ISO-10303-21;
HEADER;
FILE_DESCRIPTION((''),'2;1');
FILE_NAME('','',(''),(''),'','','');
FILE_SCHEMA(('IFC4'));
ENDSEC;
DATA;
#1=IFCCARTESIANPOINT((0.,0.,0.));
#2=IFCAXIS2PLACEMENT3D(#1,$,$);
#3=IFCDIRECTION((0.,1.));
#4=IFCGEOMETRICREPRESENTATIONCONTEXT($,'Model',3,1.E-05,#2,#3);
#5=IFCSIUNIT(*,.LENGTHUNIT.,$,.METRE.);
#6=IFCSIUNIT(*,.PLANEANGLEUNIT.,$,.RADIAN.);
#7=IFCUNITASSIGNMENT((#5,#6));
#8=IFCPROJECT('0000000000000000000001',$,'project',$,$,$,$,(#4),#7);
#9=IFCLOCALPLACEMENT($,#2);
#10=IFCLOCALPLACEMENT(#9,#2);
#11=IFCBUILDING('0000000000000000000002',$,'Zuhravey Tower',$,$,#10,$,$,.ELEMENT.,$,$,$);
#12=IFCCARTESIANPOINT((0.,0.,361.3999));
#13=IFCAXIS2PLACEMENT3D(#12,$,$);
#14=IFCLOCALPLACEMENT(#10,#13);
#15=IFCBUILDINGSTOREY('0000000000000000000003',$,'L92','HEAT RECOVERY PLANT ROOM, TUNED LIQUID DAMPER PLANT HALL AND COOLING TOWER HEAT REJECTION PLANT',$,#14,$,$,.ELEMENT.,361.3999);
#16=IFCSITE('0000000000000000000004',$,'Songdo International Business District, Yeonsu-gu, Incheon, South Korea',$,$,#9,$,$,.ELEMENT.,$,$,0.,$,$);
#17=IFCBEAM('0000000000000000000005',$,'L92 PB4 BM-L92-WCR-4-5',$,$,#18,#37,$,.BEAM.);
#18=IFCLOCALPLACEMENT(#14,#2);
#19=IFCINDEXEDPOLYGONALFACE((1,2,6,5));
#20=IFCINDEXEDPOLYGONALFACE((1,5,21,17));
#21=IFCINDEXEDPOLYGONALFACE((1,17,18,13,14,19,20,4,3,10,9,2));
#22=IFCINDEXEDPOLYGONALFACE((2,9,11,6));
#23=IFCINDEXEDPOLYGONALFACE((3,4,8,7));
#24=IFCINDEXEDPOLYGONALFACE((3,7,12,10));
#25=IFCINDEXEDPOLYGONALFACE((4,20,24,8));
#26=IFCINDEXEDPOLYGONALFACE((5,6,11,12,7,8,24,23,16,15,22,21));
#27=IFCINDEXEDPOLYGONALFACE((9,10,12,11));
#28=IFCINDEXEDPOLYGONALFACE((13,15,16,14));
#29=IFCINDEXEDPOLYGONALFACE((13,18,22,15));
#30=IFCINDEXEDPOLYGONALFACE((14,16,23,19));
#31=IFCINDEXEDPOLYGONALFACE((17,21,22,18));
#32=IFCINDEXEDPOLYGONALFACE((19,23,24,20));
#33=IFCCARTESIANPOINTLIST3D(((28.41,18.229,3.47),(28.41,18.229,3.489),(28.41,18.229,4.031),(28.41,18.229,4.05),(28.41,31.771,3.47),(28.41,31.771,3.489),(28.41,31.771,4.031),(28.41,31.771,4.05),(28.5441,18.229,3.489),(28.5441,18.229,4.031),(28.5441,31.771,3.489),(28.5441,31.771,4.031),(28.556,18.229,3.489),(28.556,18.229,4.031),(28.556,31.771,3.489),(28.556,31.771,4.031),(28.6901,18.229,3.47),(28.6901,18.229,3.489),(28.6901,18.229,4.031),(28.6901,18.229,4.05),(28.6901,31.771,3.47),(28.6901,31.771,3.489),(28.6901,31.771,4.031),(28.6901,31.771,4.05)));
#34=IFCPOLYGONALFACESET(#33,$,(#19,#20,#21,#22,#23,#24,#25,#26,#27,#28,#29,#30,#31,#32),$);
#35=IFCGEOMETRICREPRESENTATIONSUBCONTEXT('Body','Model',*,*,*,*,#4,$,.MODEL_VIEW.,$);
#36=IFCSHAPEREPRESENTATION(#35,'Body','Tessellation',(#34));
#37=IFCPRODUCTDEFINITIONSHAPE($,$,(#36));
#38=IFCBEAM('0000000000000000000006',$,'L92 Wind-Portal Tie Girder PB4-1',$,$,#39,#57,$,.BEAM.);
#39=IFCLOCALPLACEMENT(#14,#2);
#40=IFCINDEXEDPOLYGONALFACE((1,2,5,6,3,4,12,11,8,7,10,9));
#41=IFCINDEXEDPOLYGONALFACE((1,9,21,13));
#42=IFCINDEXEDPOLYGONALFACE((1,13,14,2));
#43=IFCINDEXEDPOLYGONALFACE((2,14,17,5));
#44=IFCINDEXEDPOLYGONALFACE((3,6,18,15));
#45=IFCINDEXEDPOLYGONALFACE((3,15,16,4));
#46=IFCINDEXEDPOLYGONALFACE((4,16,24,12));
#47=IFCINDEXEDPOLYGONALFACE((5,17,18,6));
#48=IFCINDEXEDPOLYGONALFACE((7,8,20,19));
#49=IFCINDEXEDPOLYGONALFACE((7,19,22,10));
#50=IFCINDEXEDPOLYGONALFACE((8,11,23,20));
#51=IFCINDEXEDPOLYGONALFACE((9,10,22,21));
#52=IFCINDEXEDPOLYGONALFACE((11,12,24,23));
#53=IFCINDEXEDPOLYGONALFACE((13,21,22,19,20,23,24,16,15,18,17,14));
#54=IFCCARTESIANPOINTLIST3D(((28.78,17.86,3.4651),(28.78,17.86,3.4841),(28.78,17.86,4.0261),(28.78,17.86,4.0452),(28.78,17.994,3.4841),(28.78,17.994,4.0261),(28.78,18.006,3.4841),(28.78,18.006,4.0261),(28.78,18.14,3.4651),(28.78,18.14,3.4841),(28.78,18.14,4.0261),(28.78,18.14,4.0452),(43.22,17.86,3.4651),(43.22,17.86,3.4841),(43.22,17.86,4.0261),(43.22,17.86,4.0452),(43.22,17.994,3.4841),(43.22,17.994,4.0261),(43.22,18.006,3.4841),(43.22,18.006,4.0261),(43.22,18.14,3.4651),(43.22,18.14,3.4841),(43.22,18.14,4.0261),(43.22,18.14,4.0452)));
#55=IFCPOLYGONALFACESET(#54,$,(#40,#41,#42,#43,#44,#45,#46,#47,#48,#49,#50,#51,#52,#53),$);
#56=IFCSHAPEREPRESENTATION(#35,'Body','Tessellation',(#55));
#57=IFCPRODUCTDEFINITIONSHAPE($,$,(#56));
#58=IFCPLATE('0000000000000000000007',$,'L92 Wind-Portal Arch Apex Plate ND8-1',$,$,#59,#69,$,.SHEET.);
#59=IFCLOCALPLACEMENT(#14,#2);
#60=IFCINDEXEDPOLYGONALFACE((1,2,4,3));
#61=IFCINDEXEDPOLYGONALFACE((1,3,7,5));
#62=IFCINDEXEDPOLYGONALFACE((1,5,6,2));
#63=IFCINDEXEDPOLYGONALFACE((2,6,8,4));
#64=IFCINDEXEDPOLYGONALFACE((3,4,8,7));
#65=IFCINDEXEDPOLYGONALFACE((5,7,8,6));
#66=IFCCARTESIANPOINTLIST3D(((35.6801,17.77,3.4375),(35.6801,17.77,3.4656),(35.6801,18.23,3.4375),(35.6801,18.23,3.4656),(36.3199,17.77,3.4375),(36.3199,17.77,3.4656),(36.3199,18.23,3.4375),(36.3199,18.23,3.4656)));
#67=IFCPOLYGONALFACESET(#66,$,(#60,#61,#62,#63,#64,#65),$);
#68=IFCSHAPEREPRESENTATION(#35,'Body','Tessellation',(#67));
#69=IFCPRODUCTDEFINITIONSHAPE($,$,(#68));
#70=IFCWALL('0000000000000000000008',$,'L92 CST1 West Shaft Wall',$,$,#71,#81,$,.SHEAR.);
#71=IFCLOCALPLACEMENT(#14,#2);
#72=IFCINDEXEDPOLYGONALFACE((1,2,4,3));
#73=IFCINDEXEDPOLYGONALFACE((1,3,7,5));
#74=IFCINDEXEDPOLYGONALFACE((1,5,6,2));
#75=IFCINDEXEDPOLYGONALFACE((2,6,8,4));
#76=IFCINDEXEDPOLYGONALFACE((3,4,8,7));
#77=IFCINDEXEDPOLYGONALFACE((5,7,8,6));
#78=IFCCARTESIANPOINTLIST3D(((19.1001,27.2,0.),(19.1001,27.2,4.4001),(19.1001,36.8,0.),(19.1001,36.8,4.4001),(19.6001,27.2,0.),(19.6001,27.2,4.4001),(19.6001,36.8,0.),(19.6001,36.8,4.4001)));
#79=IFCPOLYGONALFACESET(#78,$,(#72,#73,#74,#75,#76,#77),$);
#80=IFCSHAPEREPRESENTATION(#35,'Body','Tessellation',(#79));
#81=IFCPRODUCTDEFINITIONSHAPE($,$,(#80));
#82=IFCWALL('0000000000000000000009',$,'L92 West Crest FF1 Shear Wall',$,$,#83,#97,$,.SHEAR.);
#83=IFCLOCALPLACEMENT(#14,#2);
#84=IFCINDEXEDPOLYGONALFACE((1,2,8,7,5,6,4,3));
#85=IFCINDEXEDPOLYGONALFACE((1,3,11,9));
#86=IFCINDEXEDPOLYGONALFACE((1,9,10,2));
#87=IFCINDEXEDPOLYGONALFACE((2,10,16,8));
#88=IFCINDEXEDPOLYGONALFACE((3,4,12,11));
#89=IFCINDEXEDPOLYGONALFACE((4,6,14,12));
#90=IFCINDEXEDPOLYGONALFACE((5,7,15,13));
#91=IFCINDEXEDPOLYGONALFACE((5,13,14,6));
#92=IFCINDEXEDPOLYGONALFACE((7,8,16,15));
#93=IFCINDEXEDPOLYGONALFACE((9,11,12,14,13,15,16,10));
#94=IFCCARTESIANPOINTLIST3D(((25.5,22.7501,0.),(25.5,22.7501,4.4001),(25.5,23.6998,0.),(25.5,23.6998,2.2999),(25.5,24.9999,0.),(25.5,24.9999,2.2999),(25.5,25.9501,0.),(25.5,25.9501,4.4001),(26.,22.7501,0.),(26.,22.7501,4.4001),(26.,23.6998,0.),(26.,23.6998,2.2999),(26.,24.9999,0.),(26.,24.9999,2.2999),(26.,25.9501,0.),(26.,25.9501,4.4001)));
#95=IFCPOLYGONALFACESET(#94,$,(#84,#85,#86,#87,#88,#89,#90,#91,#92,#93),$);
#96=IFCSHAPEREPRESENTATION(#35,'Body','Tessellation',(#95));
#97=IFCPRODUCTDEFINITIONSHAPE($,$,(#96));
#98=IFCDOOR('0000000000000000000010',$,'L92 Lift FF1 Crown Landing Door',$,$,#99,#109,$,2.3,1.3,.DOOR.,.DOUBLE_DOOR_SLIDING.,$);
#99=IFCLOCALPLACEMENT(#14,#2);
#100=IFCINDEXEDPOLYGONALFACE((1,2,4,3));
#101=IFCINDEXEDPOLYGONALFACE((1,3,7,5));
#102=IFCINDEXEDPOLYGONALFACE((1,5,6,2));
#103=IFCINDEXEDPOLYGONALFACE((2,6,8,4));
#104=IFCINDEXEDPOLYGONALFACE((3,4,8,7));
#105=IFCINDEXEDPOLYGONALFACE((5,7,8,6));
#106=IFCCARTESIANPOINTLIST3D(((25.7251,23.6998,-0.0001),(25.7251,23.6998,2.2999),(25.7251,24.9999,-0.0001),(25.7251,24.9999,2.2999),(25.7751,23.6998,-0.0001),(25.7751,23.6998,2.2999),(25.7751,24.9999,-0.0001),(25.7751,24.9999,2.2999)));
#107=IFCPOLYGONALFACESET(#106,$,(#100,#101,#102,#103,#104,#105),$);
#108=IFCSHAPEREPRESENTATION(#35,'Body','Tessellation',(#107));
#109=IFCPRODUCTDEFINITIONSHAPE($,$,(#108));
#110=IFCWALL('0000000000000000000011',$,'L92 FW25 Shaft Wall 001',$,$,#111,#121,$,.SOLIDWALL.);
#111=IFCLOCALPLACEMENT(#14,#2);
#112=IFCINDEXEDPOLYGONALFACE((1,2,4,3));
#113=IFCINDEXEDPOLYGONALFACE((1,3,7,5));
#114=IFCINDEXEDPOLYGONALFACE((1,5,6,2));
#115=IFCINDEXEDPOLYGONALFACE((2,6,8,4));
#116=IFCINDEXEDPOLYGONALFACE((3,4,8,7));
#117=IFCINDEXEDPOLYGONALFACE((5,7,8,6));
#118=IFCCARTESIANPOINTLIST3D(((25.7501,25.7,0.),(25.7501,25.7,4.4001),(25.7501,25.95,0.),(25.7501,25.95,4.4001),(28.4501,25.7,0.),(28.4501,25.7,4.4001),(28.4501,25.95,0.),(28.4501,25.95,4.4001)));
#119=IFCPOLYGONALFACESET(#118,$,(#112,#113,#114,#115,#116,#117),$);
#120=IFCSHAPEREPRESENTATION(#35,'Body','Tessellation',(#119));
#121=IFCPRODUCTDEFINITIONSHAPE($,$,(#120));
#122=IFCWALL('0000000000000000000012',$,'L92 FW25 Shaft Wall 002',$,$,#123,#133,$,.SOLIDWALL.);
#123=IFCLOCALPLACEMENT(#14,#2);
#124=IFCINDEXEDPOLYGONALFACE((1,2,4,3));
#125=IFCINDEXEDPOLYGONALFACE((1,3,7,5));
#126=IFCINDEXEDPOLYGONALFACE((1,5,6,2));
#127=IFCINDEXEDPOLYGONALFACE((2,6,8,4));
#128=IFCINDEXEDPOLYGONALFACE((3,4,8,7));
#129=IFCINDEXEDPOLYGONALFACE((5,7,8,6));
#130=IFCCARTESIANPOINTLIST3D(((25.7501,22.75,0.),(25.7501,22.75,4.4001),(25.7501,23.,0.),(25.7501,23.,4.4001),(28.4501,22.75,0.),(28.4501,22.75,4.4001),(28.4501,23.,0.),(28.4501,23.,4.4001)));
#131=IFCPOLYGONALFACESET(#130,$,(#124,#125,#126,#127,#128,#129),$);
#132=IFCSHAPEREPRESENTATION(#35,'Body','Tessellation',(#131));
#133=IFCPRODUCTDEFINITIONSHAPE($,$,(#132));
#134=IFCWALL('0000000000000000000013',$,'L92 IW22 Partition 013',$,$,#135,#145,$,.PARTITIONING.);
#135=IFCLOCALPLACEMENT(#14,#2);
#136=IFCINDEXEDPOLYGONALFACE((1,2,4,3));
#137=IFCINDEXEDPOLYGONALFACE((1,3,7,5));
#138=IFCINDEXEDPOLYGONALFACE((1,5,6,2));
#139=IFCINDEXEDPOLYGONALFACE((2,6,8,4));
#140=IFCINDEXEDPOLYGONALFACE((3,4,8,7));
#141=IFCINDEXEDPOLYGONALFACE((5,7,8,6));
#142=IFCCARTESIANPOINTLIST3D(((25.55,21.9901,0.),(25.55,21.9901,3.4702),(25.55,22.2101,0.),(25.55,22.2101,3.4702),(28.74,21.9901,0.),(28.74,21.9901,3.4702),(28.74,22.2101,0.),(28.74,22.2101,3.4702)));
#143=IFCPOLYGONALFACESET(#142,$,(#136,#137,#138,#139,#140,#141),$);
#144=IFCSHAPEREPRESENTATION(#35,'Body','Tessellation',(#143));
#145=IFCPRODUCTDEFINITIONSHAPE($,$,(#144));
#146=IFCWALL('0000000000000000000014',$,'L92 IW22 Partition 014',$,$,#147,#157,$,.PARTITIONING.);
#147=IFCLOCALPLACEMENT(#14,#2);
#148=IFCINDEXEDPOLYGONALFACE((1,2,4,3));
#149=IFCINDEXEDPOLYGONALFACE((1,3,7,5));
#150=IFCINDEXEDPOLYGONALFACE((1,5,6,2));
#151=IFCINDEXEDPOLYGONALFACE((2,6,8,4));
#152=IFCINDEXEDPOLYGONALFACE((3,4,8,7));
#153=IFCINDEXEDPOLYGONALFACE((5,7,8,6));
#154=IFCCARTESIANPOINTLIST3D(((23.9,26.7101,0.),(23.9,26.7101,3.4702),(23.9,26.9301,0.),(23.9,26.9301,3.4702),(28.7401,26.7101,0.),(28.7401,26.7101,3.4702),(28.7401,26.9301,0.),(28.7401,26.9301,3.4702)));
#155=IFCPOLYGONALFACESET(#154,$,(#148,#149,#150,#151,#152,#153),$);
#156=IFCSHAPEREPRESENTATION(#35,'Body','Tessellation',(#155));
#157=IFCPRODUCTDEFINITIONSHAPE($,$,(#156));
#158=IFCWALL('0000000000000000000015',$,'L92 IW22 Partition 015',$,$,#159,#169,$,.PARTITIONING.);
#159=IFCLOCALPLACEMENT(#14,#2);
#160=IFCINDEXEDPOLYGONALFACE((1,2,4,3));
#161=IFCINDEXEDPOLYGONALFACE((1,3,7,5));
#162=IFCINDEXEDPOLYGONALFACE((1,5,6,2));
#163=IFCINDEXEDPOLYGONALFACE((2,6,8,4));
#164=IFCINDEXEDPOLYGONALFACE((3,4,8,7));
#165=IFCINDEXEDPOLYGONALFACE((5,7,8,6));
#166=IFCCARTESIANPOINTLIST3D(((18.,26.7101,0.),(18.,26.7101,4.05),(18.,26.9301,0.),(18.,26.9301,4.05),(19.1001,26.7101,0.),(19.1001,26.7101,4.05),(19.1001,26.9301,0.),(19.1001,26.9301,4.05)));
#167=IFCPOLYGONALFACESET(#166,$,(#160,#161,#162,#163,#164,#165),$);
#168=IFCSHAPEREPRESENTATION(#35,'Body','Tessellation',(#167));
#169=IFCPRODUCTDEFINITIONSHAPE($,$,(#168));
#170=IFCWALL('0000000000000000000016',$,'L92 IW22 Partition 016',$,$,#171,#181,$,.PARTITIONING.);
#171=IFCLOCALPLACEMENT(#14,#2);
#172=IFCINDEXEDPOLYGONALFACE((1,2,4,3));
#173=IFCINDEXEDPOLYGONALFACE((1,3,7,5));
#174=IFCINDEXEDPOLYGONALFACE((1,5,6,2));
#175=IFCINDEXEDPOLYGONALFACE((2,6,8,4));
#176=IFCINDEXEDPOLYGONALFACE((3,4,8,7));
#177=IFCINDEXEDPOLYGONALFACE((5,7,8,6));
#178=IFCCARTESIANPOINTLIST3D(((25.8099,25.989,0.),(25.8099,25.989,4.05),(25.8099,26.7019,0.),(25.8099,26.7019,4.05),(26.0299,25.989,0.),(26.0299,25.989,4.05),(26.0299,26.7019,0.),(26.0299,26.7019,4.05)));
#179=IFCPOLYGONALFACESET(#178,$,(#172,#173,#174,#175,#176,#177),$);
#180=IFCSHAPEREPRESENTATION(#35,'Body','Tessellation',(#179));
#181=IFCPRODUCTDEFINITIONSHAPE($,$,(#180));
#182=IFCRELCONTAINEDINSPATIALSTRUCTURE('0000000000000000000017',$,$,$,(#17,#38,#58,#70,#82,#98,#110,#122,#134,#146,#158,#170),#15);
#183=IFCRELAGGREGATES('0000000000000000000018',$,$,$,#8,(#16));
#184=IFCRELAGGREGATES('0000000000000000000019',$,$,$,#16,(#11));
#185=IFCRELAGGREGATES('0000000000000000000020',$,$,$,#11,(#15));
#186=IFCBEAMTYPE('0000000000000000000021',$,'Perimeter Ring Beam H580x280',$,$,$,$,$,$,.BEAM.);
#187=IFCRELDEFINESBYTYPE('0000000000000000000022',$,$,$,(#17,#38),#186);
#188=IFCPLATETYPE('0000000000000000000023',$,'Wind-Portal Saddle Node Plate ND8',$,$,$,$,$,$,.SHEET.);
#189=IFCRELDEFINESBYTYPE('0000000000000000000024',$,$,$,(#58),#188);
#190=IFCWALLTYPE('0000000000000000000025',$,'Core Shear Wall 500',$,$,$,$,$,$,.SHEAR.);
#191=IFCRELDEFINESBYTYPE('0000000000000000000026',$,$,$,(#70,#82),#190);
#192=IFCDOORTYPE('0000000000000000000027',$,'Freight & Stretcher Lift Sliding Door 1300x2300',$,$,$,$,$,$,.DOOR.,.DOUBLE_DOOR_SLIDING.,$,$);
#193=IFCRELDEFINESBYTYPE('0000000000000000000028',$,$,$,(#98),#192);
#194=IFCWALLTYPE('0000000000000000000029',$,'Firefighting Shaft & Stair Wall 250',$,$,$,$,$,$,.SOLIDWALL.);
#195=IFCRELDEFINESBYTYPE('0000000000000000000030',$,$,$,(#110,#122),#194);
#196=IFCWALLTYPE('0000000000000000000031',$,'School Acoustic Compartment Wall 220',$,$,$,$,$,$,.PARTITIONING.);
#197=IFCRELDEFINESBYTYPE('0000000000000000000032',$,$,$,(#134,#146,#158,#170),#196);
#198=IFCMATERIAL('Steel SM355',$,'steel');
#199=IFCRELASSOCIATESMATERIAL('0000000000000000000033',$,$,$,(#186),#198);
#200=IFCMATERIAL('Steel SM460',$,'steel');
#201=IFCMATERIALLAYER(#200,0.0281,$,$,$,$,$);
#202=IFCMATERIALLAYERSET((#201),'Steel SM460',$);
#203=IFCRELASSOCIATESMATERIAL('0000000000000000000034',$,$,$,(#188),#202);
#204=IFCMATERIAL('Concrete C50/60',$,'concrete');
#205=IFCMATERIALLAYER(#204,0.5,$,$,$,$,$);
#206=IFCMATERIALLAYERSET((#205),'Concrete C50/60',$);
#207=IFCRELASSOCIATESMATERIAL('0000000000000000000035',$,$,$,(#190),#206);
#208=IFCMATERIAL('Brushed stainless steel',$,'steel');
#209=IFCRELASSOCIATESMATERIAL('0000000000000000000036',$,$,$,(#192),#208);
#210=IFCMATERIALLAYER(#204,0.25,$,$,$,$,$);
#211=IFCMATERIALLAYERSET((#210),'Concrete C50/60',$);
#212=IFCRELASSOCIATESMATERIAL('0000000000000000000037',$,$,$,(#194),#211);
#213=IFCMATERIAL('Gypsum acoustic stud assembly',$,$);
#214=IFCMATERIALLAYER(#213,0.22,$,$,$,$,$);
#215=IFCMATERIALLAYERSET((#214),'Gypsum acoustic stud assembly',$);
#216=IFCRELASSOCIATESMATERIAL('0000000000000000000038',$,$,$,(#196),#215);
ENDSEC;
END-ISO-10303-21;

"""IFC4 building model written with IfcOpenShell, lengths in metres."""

from ifc_helpers import new_model, si_unit, direction, frame, frame_2d, origin, origin_2d, place, context, subcontext, project, spatial, rectangle, i_section, extrude, material, layer, layer_set, material_profile, profile_set, type_object, element, fill, save


model = new_model("IFC4")

# Units and contexts
model_context = context("Model", 3, precision=1e-05, world=origin(), true_north=direction((0.0, 1.0)))
body_context = subcontext(model_context, "Body", "Model", "MODEL_VIEW")
ifc_project = project(units=[si_unit("LENGTHUNIT", "METRE"), si_unit("PLANEANGLEUNIT", "RADIAN")], contexts=[model_context])

# Site, building, storey
site_placement = place(None, origin())
site = spatial("IfcSite", under=ifc_project, at=site_placement, Name="Songdo International Business District, Yeonsu-gu, Incheon, South Korea", CompositionType="ELEMENT", RefElevation=0.0)
building_placement = place(site_placement, origin())
building = spatial("IfcBuilding", under=site, at=building_placement, Name="Zuhravey Tower", CompositionType="ELEMENT")
storey_placement = place(building_placement, frame((0.0, 0.0, 361.3999)))
storey = spatial("IfcBuildingStorey", under=building, at=storey_placement, Name="L92", Description="HEAT RECOVERY PLANT ROOM, TUNED LIQUID DAMPER PLANT HALL AND COOLING TOWER HEAT REJECTION PLANT", CompositionType="ELEMENT", Elevation=361.3999)

# Beams
ifc_material_1 = material(Name="Steel SM355", Category="steel")
ifc_material_profile = material_profile(ifc_material_1, i_section(OverallWidth=0.28, OverallDepth=0.5801, WebThickness=0.012, FlangeThickness=0.019, at=origin_2d()), Name="H-580x280x12x19")
ifc_profile_set = profile_set([ifc_material_profile], Name="Steel SM355")
beam_type = type_object("IfcBeamType", Name="Perimeter Ring Beam H580x280", PredefinedType="BEAM", material=ifc_profile_set)
beam_1_placement = place(storey_placement, frame((28.55, 18.229, 3.76), z_axis=(0.0, 1.0, 0.0), x_axis=(-1.0, 0.0, 0.0)))
element("IfcBeam", 1, at=beam_1_placement, inside=storey, type_object=beam_type, Name="L92 PB4 BM-L92-WCR-4-5", PredefinedType="BEAM", context=body_context, shape_type="SweptSolid", body=[
    extrude(i_section(OverallWidth=0.28, OverallDepth=0.5801, WebThickness=0.012, FlangeThickness=0.019, at=origin_2d()), origin(), (0.0, 0.0, 1.0), 13.542),
])
beam_2_placement = place(storey_placement, frame((28.78, 18.0, 3.7551), z_axis=(1.0, 0.0, 0.0), x_axis=(0.0, 1.0, 0.0)))
element("IfcBeam", 2, at=beam_2_placement, inside=storey, type_object=beam_type, Name="L92 Wind-Portal Tie Girder PB4-1", PredefinedType="BEAM", context=body_context, shape_type="SweptSolid", body=[
    extrude(i_section(OverallWidth=0.28, OverallDepth=0.5801, WebThickness=0.012, FlangeThickness=0.019, at=origin_2d()), origin(), (0.0, 0.0, 1.0), 14.4399),
])

# Plate
ifc_material_2 = material(Name="Steel SM460", Category="steel")
ifc_layer_1 = layer(ifc_material_2, 0.0281)
ifc_layer_set_1 = layer_set([ifc_layer_1], Name="Steel SM460")
plate_type = type_object("IfcPlateType", Name="Wind-Portal Saddle Node Plate ND8", PredefinedType="SHEET", material=ifc_layer_set_1)
plate_placement = place(storey_placement, frame((36.0, 18.0, 3.4375), z_axis=(0.0, 0.0, 1.0), x_axis=(1.0, 0.0, 0.0)))
element("IfcPlate", 3, at=plate_placement, inside=storey, type_object=plate_type, Name="L92 Wind-Portal Arch Apex Plate ND8-1", PredefinedType="SHEET", context=body_context, shape_type="SweptSolid", body=[
    extrude(rectangle(XDim=0.6399, YDim=0.46, at=origin_2d()), origin(), (0.0, 0.0, 1.0), 0.0281),
])

# Shared definitions
ifc_material_3 = material(Name="Concrete C50/60", Category="concrete")
ifc_layer_2 = layer(ifc_material_3, 0.5)
ifc_layer_set_2 = layer_set([ifc_layer_2], Name="Concrete C50/60")
wall_type_1 = type_object("IfcWallType", Name="Core Shear Wall 500", PredefinedType="SHEAR", material=ifc_layer_set_2)

# Wall
wall_1_placement = place(storey_placement, frame((19.3501, 27.2, 0.0), z_axis=(0.0, 0.0, 1.0), x_axis=(0.0, 1.0, 0.0)))
element("IfcWall", 4, at=wall_1_placement, inside=storey, type_object=wall_type_1, Name="L92 CST1 West Shaft Wall", PredefinedType="SHEAR", context=body_context, shape_type="SweptSolid", body=[
    extrude(rectangle(XDim=9.6001, YDim=0.5, at=frame_2d((4.8, 0.0))), origin(), (0.0, 0.0, 1.0), 4.4001),
])

# Wall, opening, door
wall_2_placement = place(storey_placement, frame((25.75, 22.75, 0.0), z_axis=(0.0, 0.0, 1.0), x_axis=(0.0, 1.0, 0.0)))
wall_2 = element("IfcWall", 5, at=wall_2_placement, inside=storey, type_object=wall_type_1, Name="L92 West Crest FF1 Shear Wall", PredefinedType="SHEAR", context=body_context, shape_type="SweptSolid", body=[
    extrude(rectangle(XDim=3.2, YDim=0.5, at=frame_2d((1.6001, 0.0))), origin(), (0.0, 0.0, 1.0), 4.4001),
])
opening_1_placement = place(wall_2_placement, frame((0.95, 0.0, 0.0)))
opening_1 = element("IfcOpeningElement", 6, at=opening_1_placement, cuts=wall_2, PredefinedType="OPENING", context=body_context, shape_type="SweptSolid", body=[
    extrude(rectangle(XDim=1.3, YDim=2.3, at=frame_2d((0.6499, 1.1499))), frame((0.0, 0.262, 0.0), z_axis=(0.0, -1.0, 0.0), x_axis=(1.0, 0.0, 0.0)), (0.0, 0.0, 1.0), 0.5239),
])
ifc_material_4 = material(Name="Brushed stainless steel", Category="steel")
door_type_1 = type_object("IfcDoorType", Name="Freight & Stretcher Lift Sliding Door 1300x2300", OperationType="DOUBLE_DOOR_SLIDING", PredefinedType="DOOR", material=ifc_material_4)
door_1_placement = place(opening_1_placement, origin())
door_1 = element("IfcDoor", 7, at=door_1_placement, inside=storey, type_object=door_type_1, Name="L92 Lift FF1 Crown Landing Door", OperationType="DOUBLE_DOOR_SLIDING", OverallHeight=2.3, OverallWidth=1.3, PredefinedType="DOOR", context=body_context, shape_type="SweptSolid", body=[
    extrude(rectangle(XDim=1.3, YDim=2.3, at=frame_2d((0.6499, 1.1499))), frame((0.0, 0.0249, 0.0), z_axis=(0.0, -1.0, 0.0), x_axis=(1.0, 0.0, 0.0)), (0.0, 0.0, 1.0), 0.05),
])
fill(opening_1, door_1)

# Walls
ifc_layer_3 = layer(ifc_material_3, 0.25)
ifc_layer_set_3 = layer_set([ifc_layer_3], Name="Concrete C50/60")
wall_type_2 = type_object("IfcWallType", Name="Firefighting Shaft & Stair Wall 250", PredefinedType="SOLIDWALL", material=ifc_layer_set_3)
for number, where, z_axis, x_axis, name in (
    (8, (25.75, 25.825, 0.0), (0.0, 0.0, 1.0), (1.0, 0.0, 0.0), "L92 FW25 Shaft Wall 001"),
    (9, (25.75, 22.875, 0.0), (0.0, 0.0, 1.0), (1.0, 0.0, 0.0), "L92 FW25 Shaft Wall 002"),
):
    element("IfcWall", number, at=place(storey_placement, frame(where, z_axis=z_axis, x_axis=x_axis)), inside=storey, type_object=wall_type_2, Name=name, PredefinedType="SOLIDWALL", context=body_context, shape_type="SweptSolid", body=[
        extrude(rectangle(XDim=2.7, YDim=0.25, at=frame_2d((1.3501, 0.0))), origin(), (0.0, 0.0, 1.0), 4.4001),
    ])
ifc_material_5 = material(Name="Gypsum acoustic stud assembly")
ifc_layer_4 = layer(ifc_material_5, 0.22)
ifc_layer_set_4 = layer_set([ifc_layer_4], Name="Gypsum acoustic stud assembly")
wall_type_3 = type_object("IfcWallType", Name="School Acoustic Compartment Wall 220", PredefinedType="PARTITIONING", material=ifc_layer_set_4)
wall_3_placement = place(storey_placement, frame((25.55, 22.1001, 0.0), z_axis=(0.0, 0.0, 1.0), x_axis=(1.0, 0.0, 0.0)))
element("IfcWall", 10, at=wall_3_placement, inside=storey, type_object=wall_type_3, Name="L92 IW22 Partition 013", PredefinedType="PARTITIONING", context=body_context, shape_type="SweptSolid", body=[
    extrude(rectangle(XDim=3.1899, YDim=0.22, at=frame_2d((1.595, 0.0))), origin(), (0.0, 0.0, 1.0), 3.4702),
])
wall_4_placement = place(storey_placement, frame((28.74, 26.8201, 0.0), z_axis=(0.0, 0.0, 1.0), x_axis=(-1.0, 0.0, 0.0)))
element("IfcWall", 11, at=wall_4_placement, inside=storey, type_object=wall_type_3, Name="L92 IW22 Partition 014", PredefinedType="PARTITIONING", context=body_context, shape_type="SweptSolid", body=[
    extrude(rectangle(XDim=4.8401, YDim=0.22, at=frame_2d((2.4199, 0.0))), origin(), (0.0, 0.0, 1.0), 3.4702),
])
wall_5_placement = place(storey_placement, frame((19.1001, 26.8201, 0.0), z_axis=(0.0, 0.0, 1.0), x_axis=(-1.0, 0.0, 0.0)))
element("IfcWall", 12, at=wall_5_placement, inside=storey, type_object=wall_type_3, Name="L92 IW22 Partition 015", PredefinedType="PARTITIONING", context=body_context, shape_type="SweptSolid", body=[
    extrude(rectangle(XDim=1.1001, YDim=0.22, at=frame_2d((0.55, 0.0))), origin(), (0.0, 0.0, 1.0), 4.05),
])
wall_6_placement = place(storey_placement, frame((25.9199, 25.989, 0.0), z_axis=(0.0, 0.0, 1.0), x_axis=(0.0, 1.0, 0.0)))
element("IfcWall", 13, at=wall_6_placement, inside=storey, type_object=wall_type_3, Name="L92 IW22 Partition 016", PredefinedType="PARTITIONING", context=body_context, shape_type="SweptSolid", body=[
    extrude(rectangle(XDim=0.7129, YDim=0.22, at=frame_2d((0.3564, 0.0))), origin(), (0.0, 0.0, 1.0), 4.05),
])

save(model, "model.ifc")
